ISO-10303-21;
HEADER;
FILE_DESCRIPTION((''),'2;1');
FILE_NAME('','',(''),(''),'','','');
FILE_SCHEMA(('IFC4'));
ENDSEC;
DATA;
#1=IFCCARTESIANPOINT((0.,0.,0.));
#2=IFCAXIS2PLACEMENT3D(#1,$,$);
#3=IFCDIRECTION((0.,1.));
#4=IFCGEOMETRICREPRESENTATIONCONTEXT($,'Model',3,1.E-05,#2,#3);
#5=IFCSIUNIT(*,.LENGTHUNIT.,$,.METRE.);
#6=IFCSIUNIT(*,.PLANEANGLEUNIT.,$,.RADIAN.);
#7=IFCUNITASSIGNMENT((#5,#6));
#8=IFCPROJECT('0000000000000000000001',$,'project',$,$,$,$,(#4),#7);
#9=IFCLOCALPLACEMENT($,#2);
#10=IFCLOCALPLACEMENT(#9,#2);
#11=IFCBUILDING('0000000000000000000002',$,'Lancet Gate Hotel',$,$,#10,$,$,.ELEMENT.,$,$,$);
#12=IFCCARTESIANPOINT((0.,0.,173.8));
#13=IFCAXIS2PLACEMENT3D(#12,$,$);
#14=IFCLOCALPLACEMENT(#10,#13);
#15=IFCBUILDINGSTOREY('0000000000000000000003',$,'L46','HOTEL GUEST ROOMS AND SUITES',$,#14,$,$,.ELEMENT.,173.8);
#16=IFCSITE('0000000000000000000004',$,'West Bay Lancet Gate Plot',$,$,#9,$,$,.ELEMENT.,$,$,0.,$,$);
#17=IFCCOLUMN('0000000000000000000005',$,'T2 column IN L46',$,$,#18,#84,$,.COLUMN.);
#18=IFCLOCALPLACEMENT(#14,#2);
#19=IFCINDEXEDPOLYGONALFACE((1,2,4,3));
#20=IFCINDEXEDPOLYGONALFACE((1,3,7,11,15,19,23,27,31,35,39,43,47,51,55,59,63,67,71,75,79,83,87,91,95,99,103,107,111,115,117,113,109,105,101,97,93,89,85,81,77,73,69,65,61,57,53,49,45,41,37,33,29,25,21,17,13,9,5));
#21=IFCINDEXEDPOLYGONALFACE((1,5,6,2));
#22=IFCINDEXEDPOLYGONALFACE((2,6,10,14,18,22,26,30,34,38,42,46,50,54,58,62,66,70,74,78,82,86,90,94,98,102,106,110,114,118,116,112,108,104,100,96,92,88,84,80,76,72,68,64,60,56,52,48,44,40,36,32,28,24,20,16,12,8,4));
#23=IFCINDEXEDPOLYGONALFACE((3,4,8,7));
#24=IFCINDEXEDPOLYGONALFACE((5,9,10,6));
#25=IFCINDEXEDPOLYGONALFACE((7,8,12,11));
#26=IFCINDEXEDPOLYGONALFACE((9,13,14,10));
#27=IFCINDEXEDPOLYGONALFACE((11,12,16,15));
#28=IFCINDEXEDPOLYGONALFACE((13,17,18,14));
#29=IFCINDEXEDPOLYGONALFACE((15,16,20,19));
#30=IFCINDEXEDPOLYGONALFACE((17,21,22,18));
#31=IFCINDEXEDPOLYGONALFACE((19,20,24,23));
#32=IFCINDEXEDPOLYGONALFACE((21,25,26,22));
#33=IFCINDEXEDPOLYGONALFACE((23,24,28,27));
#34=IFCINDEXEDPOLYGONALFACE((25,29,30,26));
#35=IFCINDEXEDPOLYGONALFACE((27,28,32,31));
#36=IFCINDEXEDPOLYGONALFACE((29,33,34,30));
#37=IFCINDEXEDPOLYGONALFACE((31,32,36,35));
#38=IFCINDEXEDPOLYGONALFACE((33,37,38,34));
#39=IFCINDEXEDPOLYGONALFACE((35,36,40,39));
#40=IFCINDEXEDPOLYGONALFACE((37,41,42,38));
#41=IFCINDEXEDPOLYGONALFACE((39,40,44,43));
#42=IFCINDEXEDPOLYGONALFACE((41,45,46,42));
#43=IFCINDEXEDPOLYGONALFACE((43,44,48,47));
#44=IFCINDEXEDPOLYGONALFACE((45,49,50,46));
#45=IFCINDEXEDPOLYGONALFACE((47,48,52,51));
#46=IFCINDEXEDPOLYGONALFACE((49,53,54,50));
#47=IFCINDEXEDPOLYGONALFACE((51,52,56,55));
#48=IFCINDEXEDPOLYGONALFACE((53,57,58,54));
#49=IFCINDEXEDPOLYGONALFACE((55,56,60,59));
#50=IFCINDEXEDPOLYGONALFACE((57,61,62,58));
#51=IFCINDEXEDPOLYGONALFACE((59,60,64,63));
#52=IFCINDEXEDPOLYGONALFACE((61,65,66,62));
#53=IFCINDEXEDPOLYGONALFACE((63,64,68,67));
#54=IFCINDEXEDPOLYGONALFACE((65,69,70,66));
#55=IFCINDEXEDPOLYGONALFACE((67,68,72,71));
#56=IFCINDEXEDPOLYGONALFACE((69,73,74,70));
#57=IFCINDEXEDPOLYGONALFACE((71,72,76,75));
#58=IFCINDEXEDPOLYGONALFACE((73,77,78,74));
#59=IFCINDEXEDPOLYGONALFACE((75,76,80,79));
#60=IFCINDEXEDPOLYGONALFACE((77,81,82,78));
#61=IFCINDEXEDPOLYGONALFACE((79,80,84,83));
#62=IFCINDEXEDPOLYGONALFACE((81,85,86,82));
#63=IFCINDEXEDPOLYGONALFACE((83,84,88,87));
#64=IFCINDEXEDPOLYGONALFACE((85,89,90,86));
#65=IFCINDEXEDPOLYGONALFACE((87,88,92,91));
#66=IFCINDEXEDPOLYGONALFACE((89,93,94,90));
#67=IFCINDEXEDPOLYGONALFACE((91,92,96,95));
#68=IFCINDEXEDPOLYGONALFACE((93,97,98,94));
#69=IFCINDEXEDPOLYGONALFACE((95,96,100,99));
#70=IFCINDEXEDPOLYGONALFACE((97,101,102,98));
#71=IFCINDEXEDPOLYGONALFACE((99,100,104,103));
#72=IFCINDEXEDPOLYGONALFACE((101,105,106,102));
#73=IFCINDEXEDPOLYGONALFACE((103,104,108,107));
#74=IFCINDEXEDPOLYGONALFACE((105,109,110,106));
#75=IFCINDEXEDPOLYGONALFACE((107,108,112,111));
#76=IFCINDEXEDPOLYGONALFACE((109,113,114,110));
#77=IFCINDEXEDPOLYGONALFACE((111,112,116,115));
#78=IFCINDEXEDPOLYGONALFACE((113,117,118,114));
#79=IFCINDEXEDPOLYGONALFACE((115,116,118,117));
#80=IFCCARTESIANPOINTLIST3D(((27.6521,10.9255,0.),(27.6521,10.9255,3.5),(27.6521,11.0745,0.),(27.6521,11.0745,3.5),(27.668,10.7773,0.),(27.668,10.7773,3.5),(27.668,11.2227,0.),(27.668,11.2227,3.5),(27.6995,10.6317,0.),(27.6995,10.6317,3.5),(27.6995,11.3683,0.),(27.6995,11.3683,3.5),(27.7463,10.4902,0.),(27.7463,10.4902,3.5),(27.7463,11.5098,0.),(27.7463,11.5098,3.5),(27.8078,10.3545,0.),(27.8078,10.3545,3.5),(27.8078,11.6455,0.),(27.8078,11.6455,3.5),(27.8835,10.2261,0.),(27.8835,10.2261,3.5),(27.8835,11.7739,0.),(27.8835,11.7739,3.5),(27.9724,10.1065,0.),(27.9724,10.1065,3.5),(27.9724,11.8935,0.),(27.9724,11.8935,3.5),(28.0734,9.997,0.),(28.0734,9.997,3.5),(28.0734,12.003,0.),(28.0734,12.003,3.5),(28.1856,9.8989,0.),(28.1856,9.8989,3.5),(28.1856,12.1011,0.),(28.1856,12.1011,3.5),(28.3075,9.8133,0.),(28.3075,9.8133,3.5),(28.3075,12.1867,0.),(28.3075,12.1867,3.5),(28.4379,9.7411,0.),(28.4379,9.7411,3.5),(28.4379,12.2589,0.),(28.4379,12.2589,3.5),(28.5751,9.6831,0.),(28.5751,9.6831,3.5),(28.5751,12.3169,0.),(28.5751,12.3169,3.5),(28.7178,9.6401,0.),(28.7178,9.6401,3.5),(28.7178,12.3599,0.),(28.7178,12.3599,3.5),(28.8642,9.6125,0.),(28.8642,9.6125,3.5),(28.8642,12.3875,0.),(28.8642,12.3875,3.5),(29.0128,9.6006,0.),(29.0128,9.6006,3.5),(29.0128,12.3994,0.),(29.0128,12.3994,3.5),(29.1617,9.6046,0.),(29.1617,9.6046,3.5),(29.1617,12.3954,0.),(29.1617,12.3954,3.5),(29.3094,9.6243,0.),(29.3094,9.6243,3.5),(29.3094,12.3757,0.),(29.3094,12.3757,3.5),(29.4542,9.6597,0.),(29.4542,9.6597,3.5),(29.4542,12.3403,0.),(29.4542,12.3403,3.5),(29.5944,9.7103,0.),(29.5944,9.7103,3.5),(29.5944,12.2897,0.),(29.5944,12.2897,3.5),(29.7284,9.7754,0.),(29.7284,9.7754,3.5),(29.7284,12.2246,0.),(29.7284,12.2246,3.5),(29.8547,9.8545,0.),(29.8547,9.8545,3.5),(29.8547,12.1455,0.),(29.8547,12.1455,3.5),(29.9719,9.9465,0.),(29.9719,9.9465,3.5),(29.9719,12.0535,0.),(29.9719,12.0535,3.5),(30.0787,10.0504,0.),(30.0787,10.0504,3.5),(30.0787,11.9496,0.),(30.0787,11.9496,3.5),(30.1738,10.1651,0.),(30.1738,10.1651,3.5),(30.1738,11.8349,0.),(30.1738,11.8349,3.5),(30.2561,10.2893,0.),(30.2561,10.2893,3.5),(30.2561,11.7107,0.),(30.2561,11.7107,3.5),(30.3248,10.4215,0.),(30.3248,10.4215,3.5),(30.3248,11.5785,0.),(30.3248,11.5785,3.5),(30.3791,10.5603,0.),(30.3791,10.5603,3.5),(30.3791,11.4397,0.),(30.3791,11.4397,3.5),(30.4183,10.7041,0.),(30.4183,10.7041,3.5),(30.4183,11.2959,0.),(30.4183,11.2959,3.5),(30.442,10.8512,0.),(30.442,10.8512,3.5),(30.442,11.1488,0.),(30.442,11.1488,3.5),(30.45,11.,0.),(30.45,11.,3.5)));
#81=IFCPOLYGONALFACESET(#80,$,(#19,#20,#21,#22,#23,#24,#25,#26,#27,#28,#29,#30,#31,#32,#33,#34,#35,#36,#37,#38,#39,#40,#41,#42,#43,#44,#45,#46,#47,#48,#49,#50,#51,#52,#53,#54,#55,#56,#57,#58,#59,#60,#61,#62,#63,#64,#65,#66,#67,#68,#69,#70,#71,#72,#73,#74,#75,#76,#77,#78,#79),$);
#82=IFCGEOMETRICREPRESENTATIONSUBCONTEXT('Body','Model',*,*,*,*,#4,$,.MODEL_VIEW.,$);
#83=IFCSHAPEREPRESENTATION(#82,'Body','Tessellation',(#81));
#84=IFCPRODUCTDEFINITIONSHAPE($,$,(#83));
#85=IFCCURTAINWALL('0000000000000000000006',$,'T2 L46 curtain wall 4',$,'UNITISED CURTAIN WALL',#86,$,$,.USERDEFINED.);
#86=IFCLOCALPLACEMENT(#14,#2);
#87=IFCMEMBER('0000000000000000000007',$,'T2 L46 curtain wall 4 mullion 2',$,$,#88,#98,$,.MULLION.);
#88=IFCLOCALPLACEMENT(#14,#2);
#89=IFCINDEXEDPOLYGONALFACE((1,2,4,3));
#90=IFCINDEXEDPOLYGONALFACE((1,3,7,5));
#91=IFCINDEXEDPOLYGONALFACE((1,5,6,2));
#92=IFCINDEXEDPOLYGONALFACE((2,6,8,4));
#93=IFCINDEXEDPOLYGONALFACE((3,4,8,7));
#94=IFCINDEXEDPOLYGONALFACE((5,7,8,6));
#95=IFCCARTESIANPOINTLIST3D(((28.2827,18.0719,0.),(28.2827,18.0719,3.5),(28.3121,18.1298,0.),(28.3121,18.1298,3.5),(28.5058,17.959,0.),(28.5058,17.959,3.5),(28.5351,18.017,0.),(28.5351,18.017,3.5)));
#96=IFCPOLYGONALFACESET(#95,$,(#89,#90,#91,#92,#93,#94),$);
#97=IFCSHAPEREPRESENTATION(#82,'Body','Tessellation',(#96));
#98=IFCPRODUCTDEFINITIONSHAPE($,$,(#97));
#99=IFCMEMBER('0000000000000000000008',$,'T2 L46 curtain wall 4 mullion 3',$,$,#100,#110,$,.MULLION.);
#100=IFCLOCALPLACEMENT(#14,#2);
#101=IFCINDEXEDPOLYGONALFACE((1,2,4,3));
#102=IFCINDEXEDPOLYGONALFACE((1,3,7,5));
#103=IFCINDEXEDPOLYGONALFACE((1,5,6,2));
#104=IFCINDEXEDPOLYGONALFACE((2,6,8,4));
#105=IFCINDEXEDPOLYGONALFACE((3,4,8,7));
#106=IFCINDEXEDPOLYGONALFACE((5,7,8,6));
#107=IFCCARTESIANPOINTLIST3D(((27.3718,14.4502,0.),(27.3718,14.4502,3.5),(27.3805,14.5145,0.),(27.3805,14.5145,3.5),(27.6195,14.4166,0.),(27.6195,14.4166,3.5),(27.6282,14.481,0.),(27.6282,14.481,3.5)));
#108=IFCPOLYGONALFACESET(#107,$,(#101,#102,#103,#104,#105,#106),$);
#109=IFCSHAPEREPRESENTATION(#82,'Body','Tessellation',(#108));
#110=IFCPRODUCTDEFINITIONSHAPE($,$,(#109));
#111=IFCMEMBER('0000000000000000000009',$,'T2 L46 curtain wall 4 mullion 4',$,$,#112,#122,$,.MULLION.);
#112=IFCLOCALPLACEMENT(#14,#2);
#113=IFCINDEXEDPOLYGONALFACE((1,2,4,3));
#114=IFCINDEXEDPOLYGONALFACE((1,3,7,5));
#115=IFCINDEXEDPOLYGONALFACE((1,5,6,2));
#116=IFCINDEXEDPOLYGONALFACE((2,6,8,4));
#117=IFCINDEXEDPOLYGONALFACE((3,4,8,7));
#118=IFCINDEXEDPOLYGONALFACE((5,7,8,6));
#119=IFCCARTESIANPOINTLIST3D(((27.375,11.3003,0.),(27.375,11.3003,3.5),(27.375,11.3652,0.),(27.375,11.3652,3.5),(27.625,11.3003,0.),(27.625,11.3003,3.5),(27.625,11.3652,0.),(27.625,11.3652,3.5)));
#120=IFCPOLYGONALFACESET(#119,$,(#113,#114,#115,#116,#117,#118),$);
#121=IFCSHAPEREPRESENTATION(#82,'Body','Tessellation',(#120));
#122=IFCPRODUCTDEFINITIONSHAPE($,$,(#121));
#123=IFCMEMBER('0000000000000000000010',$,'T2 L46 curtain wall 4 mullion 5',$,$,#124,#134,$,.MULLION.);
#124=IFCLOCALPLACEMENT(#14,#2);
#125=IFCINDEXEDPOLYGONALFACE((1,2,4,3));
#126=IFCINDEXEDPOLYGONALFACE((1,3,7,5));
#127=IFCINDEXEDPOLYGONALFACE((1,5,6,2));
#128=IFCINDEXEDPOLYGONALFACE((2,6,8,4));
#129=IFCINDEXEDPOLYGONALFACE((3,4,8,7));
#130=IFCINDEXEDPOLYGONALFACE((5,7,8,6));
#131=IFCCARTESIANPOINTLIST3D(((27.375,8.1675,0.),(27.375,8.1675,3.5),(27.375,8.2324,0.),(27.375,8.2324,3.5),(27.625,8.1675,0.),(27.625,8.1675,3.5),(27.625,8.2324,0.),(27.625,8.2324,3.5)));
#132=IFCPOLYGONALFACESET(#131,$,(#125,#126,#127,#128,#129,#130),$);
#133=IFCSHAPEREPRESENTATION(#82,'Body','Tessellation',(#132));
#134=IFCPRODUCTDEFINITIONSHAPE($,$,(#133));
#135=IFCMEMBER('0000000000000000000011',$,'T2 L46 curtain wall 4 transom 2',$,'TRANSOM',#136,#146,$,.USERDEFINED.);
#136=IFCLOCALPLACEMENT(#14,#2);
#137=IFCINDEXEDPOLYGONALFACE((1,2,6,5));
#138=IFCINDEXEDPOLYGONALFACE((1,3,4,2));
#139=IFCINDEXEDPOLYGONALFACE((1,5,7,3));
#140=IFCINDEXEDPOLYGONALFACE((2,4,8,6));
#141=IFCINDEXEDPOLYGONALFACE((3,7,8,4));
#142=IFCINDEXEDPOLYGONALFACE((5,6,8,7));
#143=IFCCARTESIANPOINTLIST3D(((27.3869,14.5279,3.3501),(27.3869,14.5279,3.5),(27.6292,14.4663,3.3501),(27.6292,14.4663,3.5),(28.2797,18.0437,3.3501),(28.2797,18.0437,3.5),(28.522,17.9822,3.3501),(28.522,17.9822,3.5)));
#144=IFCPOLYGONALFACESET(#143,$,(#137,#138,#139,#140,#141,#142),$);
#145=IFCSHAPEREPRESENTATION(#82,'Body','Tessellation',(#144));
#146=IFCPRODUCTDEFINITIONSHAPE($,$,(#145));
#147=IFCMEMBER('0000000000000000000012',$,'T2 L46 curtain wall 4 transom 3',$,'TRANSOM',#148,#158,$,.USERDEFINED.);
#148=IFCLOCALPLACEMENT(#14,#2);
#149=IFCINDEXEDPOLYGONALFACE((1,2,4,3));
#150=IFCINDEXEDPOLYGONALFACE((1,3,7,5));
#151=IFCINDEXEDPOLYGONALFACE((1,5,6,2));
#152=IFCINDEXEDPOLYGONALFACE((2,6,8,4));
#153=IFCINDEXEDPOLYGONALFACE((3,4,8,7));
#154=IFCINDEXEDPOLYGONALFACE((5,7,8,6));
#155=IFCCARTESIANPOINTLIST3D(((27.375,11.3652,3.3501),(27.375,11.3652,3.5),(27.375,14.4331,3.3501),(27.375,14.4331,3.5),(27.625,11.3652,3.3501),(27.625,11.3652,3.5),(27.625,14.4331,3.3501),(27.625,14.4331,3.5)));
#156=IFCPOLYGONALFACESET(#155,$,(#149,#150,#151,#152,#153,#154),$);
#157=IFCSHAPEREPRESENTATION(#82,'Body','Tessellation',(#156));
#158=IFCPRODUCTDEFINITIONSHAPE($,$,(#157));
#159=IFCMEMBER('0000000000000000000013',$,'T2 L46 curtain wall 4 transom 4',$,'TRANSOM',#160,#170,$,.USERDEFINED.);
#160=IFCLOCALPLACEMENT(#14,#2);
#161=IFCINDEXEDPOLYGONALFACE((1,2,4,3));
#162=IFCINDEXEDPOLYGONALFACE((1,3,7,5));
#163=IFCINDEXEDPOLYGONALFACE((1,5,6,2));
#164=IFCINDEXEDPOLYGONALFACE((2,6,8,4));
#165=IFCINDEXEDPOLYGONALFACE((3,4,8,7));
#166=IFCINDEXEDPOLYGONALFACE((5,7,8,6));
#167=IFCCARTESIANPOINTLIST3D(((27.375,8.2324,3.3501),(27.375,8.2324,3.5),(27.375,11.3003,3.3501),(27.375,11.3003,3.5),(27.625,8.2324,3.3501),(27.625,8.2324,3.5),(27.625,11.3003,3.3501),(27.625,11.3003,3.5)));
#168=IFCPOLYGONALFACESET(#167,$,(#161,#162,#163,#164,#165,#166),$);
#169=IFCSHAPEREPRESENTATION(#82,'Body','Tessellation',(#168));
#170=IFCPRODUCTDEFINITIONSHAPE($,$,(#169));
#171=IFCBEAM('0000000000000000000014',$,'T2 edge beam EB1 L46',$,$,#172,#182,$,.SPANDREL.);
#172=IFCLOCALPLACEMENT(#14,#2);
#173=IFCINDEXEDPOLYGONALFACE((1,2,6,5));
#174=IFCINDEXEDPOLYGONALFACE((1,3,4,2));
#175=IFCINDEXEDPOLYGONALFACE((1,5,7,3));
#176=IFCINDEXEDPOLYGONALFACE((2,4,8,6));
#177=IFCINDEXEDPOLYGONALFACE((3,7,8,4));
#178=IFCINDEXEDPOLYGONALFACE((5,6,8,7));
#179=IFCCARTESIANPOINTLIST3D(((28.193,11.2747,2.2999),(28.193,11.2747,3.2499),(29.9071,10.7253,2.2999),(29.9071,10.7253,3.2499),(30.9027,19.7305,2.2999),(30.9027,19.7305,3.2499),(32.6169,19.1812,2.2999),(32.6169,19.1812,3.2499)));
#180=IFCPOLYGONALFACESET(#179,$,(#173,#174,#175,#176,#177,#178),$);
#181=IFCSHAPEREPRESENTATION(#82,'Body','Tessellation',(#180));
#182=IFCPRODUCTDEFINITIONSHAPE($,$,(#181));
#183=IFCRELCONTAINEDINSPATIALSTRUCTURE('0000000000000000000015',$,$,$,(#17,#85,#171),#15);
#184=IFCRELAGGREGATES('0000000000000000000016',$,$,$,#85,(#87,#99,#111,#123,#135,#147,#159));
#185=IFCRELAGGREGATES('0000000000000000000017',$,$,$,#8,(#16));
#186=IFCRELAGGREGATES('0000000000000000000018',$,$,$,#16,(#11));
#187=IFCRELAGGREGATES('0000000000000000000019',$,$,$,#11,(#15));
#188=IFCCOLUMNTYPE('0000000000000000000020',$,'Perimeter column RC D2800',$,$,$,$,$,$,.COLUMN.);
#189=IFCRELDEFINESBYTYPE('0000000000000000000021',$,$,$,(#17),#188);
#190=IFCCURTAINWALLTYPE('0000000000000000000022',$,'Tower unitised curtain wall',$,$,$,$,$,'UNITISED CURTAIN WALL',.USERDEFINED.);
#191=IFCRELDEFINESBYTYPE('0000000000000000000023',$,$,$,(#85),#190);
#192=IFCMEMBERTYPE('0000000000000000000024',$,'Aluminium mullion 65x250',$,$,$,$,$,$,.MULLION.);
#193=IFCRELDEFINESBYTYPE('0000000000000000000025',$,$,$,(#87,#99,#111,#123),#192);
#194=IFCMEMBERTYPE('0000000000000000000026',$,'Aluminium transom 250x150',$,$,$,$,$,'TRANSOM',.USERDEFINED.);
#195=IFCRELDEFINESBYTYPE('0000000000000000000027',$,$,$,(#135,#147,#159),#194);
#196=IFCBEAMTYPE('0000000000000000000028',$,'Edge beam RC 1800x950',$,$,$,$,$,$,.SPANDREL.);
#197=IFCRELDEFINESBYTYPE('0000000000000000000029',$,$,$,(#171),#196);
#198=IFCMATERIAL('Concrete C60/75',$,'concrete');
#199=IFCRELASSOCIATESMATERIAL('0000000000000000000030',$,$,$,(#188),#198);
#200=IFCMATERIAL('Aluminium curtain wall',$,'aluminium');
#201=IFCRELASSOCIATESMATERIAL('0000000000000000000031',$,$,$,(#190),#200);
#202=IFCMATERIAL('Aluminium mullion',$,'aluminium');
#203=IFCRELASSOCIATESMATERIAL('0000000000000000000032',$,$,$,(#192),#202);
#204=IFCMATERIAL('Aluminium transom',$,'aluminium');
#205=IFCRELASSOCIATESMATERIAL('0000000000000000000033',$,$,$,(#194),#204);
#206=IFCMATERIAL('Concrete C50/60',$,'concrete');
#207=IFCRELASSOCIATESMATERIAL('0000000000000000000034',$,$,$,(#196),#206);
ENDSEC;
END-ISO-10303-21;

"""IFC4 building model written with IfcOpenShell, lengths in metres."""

from ifc_helpers import new_model, si_unit, direction, frame, origin, origin_2d, place, context, subcontext, project, spatial, rectangle, circle, extrude, material, material_profile, profile_set, type_object, element, aggregate, save


model = new_model("IFC4")

# Units and contexts
model_context = context("Model", 3, precision=1e-05, world=origin(), true_north=direction((0.0, 1.0)))
body_context = subcontext(model_context, "Body", "Model", "MODEL_VIEW")
ifc_project = project(units=[si_unit("LENGTHUNIT", "METRE"), si_unit("PLANEANGLEUNIT", "RADIAN")], contexts=[model_context])

# Site, building, storey
site_placement = place(None, origin())
site = spatial("IfcSite", under=ifc_project, at=site_placement, Name="West Bay Lancet Gate Plot", CompositionType="ELEMENT", RefElevation=0.0)
building_placement = place(site_placement, origin())
building = spatial("IfcBuilding", under=site, at=building_placement, Name="Lancet Gate Hotel", CompositionType="ELEMENT")
storey_placement = place(building_placement, frame((0.0, 0.0, 173.8)))
storey = spatial("IfcBuildingStorey", under=building, at=storey_placement, Name="L46", Description="HOTEL GUEST ROOMS AND SUITES", CompositionType="ELEMENT", Elevation=173.8)

# Column
ifc_material_1 = material(Name="Concrete C60/75", Category="concrete")
ifc_material_profile_1 = material_profile(ifc_material_1, circle(Radius=1.3999, at=origin_2d()), Name="RC D2800")
ifc_profile_set_1 = profile_set([ifc_material_profile_1], Name="Concrete C60/75")
column_type = type_object("IfcColumnType", Name="Perimeter column RC D2800", PredefinedType="COLUMN", material=ifc_profile_set_1)
column_placement = place(storey_placement, frame((29.05, 11.0, 0.0), z_axis=(0.0, 0.0, 1.0), x_axis=(1.0, 0.0, 0.0)))
element("IfcColumn", 1, at=column_placement, inside=storey, type_object=column_type, Name="T2 column IN L46", PredefinedType="COLUMN", context=body_context, shape_type="SweptSolid", body=[
    extrude(circle(Radius=1.3999, at=origin_2d()), origin(), (0.0, 0.0, 1.0), 3.5),
])

# Curtain wall, members
ifc_material_2 = material(Name="Aluminium curtain wall", Category="aluminium")
curtain_wall_type = type_object("IfcCurtainWallType", Name="Tower unitised curtain wall", ElementType="UNITISED CURTAIN WALL", PredefinedType="USERDEFINED", material=ifc_material_2)
curtain_wall_placement = place(storey_placement, origin())
curtain_wall = element("IfcCurtainWall", 2, at=curtain_wall_placement, inside=storey, type_object=curtain_wall_type, Name="T2 L46 curtain wall 4", ObjectType="UNITISED CURTAIN WALL", PredefinedType="USERDEFINED")
ifc_material_3 = material(Name="Aluminium mullion", Category="aluminium")
ifc_material_profile_2 = material_profile(ifc_material_3, rectangle(XDim=0.0649, YDim=0.25, at=origin_2d()), Name="MULLION 65x250")
ifc_profile_set_2 = profile_set([ifc_material_profile_2], Name="Aluminium mullion")
member_type_1 = type_object("IfcMemberType", Name="Aluminium mullion 65x250", PredefinedType="MULLION", material=ifc_profile_set_2)
member_1_placement = place(storey_placement, frame((28.4089, 18.0444, 0.0), z_axis=(0.0, 0.0, 1.0), x_axis=(-0.451506, -0.892268, 0.0)))
member_1 = element("IfcMember", 3, at=member_1_placement, type_object=member_type_1, Name="T2 L46 curtain wall 4 mullion 2", PredefinedType="MULLION", context=body_context, shape_type="SweptSolid", body=[
    extrude(rectangle(XDim=0.0649, YDim=0.25, at=origin_2d()), origin(), (0.0, 0.0, 1.0), 3.5),
])
member_2_placement = place(storey_placement, frame((27.5, 14.4656, 0.0), z_axis=(0.0, 0.0, 1.0), x_axis=(-0.134207, -0.990953, 0.0)))
member_2 = element("IfcMember", 4, at=member_2_placement, type_object=member_type_1, Name="T2 L46 curtain wall 4 mullion 3", PredefinedType="MULLION", context=body_context, shape_type="SweptSolid", body=[
    extrude(rectangle(XDim=0.0649, YDim=0.25, at=origin_2d()), origin(), (0.0, 0.0, 1.0), 3.5),
])
member_3_placement = place(storey_placement, frame((27.5, 11.3328, 0.0), z_axis=(0.0, 0.0, 1.0), x_axis=(0.0, -1.0, 0.0)))
member_3 = element("IfcMember", 5, at=member_3_placement, type_object=member_type_1, Name="T2 L46 curtain wall 4 mullion 4", PredefinedType="MULLION", context=body_context, shape_type="SweptSolid", body=[
    extrude(rectangle(XDim=0.0649, YDim=0.25, at=origin_2d()), origin(), (0.0, 0.0, 1.0), 3.5),
])
member_4_placement = place(storey_placement, frame((27.5, 8.2, 0.0), z_axis=(0.0, 0.0, 1.0), x_axis=(0.0, -1.0, 0.0)))
member_4 = element("IfcMember", 6, at=member_4_placement, type_object=member_type_1, Name="T2 L46 curtain wall 4 mullion 5", PredefinedType="MULLION", context=body_context, shape_type="SweptSolid", body=[
    extrude(rectangle(XDim=0.0649, YDim=0.25, at=origin_2d()), origin(), (0.0, 0.0, 1.0), 3.5),
])
ifc_material_4 = material(Name="Aluminium transom", Category="aluminium")
ifc_material_profile_3 = material_profile(ifc_material_4, rectangle(XDim=0.25, YDim=0.1499, at=origin_2d()), Name="TRANSOM 250x150")
ifc_profile_set_3 = profile_set([ifc_material_profile_3], Name="Aluminium transom")
member_type_2 = type_object("IfcMemberType", Name="Aluminium transom 250x150", ElementType="TRANSOM", PredefinedType="USERDEFINED", material=ifc_profile_set_3)
member_5_placement = place(storey_placement, frame((28.4009, 18.0129, 3.425), z_axis=(-0.246129, -0.969237, 0.0), x_axis=(0.969237, -0.246129, 0.0)))
member_5 = element("IfcMember", 7, at=member_5_placement, type_object=member_type_2, Name="T2 L46 curtain wall 4 transom 2", ObjectType="TRANSOM", PredefinedType="USERDEFINED", context=body_context, shape_type="SweptSolid", body=[
    extrude(rectangle(XDim=0.25, YDim=0.1499, at=origin_2d()), origin(), (0.0, 0.0, 1.0), 3.6274),
])
member_6_placement = place(storey_placement, frame((27.5, 14.4331, 3.425), z_axis=(0.0, -1.0, 0.0), x_axis=(1.0, 0.0, 0.0)))
member_6 = element("IfcMember", 8, at=member_6_placement, type_object=member_type_2, Name="T2 L46 curtain wall 4 transom 3", ObjectType="TRANSOM", PredefinedType="USERDEFINED", context=body_context, shape_type="SweptSolid", body=[
    extrude(rectangle(XDim=0.25, YDim=0.1499, at=origin_2d()), origin(), (0.0, 0.0, 1.0), 3.0679),
])
member_7_placement = place(storey_placement, frame((27.5, 11.3003, 3.425), z_axis=(0.0, -1.0, 0.0), x_axis=(1.0, 0.0, 0.0)))
member_7 = element("IfcMember", 9, at=member_7_placement, type_object=member_type_2, Name="T2 L46 curtain wall 4 transom 4", ObjectType="TRANSOM", PredefinedType="USERDEFINED", context=body_context, shape_type="SweptSolid", body=[
    extrude(rectangle(XDim=0.25, YDim=0.1499, at=origin_2d()), origin(), (0.0, 0.0, 1.0), 3.0679),
])

# Beam
ifc_material_5 = material(Name="Concrete C50/60", Category="concrete")
ifc_material_profile_4 = material_profile(ifc_material_5, rectangle(XDim=1.8, YDim=0.95, at=origin_2d()), Name="RC 1800x950")
ifc_profile_set_4 = profile_set([ifc_material_profile_4], Name="Concrete C50/60")
beam_type = type_object("IfcBeamType", Name="Edge beam RC 1800x950", PredefinedType="SPANDREL", material=ifc_profile_set_4)
beam_placement = place(storey_placement, frame((29.05, 11.0, 2.7749), z_axis=(0.30517, 0.952298, 0.0), x_axis=(-0.952298, 0.30517, 0.0)))
element("IfcBeam", 10, at=beam_placement, inside=storey, type_object=beam_type, Name="T2 edge beam EB1 L46", PredefinedType="SPANDREL", context=body_context, shape_type="SweptSolid", body=[
    extrude(rectangle(XDim=1.8, YDim=0.95, at=origin_2d()), origin(), (0.0, 0.0, 1.0), 8.8794),
])

aggregate(curtain_wall, [member_1, member_2, member_3, member_4, member_5, member_6, member_7])

save(model, "model.ifc")
